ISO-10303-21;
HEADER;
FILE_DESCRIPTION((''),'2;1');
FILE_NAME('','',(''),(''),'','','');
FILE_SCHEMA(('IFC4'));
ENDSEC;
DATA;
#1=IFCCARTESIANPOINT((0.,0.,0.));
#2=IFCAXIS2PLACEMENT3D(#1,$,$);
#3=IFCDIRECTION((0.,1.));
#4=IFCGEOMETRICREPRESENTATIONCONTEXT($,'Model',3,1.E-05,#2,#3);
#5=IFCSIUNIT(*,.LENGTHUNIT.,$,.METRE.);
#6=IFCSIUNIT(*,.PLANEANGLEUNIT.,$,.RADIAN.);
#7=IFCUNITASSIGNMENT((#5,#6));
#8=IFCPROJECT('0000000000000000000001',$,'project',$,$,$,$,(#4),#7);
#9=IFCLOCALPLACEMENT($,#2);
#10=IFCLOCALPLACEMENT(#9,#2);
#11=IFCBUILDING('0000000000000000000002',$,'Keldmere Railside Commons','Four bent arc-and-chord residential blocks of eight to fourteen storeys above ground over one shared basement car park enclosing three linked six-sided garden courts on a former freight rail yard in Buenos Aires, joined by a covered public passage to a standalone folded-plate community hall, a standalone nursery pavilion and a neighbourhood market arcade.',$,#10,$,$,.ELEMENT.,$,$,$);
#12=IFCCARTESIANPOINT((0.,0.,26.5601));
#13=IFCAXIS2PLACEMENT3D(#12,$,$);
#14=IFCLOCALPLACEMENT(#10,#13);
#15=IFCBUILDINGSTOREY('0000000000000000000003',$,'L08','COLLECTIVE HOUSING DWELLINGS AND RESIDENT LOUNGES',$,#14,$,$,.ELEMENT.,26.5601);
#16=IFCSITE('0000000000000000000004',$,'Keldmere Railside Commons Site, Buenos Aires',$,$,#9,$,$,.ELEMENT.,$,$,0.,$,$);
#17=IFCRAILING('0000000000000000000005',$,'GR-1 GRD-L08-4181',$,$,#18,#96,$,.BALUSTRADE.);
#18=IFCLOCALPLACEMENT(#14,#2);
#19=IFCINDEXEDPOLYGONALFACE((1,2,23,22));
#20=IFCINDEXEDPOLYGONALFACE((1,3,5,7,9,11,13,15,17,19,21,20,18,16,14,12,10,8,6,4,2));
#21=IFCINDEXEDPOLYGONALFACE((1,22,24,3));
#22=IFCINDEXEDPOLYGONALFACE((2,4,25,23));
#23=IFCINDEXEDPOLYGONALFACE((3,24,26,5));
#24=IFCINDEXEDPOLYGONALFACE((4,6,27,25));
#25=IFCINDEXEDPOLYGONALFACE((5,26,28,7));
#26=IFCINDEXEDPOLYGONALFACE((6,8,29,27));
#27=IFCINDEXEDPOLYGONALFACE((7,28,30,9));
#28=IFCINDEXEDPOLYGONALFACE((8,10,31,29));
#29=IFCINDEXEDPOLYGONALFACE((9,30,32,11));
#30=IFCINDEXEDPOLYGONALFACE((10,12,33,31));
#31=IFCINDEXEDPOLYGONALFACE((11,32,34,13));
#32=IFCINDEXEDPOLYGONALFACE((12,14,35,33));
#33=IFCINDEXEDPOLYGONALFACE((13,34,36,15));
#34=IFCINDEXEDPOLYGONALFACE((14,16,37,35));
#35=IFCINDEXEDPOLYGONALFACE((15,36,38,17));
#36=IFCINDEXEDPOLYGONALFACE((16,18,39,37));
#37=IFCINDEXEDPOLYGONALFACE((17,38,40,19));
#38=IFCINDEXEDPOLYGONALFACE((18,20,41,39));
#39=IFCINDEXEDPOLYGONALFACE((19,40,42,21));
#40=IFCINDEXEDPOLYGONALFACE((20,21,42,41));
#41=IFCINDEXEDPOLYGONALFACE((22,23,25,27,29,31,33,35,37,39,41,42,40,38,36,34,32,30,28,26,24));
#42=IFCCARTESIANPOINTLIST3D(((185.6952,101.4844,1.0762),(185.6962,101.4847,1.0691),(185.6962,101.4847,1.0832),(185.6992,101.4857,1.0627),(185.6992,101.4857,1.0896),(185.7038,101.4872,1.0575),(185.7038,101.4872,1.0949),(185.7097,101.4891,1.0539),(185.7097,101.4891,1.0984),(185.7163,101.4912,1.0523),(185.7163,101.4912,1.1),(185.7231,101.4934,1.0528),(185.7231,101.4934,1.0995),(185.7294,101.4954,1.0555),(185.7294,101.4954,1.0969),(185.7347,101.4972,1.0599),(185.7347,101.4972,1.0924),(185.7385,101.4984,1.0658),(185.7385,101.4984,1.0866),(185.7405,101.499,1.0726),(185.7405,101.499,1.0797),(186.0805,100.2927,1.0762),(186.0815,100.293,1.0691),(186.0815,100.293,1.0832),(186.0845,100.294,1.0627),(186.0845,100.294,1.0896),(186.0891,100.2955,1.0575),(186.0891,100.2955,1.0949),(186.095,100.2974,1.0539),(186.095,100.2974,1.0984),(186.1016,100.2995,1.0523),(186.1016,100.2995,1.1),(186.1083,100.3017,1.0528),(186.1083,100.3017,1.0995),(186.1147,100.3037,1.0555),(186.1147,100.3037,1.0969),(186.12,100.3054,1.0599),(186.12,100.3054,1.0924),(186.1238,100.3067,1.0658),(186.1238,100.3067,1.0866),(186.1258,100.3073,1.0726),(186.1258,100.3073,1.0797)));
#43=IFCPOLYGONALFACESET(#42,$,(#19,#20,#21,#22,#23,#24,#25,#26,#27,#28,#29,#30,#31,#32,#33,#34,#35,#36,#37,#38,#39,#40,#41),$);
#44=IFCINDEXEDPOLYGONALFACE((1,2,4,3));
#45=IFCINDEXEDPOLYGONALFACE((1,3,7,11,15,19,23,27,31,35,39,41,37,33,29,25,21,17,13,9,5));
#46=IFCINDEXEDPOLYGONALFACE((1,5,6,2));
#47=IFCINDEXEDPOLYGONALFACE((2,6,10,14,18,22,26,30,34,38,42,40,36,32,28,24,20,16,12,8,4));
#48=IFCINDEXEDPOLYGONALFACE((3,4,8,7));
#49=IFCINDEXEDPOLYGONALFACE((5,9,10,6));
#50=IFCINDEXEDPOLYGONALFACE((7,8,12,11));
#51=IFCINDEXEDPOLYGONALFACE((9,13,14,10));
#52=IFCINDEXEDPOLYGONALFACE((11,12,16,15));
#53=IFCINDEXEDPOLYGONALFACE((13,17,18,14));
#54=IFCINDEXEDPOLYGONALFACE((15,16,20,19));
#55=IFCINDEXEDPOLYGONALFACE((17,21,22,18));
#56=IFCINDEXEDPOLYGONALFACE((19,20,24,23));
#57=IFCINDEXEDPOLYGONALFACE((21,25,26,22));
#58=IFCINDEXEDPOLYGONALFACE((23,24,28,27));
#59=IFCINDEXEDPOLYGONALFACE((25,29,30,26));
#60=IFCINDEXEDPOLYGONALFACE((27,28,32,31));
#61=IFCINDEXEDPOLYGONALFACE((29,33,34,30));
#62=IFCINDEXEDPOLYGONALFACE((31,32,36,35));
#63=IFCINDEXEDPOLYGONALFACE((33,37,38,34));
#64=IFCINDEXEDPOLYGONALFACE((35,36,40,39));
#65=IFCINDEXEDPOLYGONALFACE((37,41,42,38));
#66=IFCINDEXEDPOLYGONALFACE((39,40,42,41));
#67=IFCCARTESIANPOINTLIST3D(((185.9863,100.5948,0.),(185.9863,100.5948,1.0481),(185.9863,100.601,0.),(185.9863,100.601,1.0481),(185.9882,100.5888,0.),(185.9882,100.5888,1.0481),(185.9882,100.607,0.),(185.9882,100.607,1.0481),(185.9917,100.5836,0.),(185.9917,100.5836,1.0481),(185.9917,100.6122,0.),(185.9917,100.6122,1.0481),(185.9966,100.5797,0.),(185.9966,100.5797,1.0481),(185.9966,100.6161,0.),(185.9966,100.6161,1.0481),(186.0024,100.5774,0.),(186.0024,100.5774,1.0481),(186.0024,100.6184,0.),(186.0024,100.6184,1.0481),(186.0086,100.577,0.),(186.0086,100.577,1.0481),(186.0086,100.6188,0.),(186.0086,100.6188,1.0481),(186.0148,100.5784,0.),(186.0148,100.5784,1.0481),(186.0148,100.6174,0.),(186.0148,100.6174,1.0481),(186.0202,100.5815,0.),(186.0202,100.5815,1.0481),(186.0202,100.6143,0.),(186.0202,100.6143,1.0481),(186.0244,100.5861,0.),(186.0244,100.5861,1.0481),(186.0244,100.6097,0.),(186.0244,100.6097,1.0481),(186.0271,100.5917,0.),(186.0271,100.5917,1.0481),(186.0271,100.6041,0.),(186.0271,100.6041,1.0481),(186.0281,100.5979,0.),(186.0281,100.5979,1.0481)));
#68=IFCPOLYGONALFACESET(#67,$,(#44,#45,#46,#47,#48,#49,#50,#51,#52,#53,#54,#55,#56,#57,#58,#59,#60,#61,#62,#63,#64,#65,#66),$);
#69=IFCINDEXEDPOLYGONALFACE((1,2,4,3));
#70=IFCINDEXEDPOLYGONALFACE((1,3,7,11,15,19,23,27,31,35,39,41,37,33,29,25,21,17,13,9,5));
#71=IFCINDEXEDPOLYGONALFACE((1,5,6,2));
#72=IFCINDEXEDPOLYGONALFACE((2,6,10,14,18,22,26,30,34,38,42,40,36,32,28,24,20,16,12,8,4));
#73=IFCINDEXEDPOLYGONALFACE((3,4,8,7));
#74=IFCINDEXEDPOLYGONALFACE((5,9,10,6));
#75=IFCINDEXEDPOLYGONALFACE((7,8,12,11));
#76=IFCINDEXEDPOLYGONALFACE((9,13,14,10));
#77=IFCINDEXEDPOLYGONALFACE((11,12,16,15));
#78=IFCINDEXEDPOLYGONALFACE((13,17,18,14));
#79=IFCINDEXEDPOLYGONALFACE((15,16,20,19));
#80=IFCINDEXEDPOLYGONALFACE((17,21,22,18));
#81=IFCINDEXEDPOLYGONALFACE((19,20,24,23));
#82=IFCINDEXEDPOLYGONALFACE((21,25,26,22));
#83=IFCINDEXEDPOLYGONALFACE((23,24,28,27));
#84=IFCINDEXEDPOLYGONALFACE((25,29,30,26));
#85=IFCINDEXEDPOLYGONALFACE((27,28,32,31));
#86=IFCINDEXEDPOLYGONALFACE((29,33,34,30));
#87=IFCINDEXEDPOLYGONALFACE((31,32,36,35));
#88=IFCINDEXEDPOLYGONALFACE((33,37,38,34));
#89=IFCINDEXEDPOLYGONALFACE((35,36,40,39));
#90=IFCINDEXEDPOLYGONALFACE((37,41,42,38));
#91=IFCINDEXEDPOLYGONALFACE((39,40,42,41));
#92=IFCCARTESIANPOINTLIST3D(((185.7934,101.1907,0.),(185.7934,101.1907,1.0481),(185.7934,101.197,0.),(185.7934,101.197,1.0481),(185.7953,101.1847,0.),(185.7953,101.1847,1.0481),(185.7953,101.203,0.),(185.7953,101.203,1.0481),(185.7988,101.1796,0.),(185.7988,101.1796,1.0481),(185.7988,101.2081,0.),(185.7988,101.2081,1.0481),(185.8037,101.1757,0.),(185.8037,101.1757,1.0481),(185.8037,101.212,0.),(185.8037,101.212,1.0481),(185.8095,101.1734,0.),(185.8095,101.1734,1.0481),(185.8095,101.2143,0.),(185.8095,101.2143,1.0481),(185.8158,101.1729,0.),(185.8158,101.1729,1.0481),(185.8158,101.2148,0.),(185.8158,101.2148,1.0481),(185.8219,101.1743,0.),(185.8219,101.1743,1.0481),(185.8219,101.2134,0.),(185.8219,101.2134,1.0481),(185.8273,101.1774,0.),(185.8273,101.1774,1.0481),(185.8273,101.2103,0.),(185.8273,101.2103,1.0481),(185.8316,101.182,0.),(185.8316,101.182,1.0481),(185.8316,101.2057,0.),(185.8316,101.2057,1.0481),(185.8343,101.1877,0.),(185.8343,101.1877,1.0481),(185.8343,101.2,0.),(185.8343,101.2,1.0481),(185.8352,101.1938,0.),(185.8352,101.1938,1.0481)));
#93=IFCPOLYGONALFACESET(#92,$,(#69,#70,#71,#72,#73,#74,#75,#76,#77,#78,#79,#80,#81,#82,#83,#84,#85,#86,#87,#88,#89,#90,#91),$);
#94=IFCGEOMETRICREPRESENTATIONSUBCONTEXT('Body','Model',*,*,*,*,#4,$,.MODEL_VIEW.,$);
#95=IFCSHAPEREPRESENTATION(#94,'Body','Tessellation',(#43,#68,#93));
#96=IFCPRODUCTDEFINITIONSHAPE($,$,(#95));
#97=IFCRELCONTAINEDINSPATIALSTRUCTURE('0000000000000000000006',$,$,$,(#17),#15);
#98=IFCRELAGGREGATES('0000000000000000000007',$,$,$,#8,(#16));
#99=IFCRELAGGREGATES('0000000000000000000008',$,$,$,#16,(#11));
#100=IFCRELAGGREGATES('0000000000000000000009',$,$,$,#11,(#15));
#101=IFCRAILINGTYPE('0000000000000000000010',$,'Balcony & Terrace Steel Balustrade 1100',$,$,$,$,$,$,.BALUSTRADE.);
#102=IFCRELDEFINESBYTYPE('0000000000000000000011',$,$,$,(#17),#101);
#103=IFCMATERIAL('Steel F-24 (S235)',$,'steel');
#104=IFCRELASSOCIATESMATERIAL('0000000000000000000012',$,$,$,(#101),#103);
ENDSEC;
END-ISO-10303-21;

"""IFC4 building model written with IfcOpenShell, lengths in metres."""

from ifc_helpers import new_model, si_unit, direction, frame, origin, origin_2d, place, context, subcontext, project, spatial, circle, extrude, material, type_object, element, save


model = new_model("IFC4")

# Units and contexts
model_context = context("Model", 3, precision=1e-05, world=origin(), true_north=direction((0.0, 1.0)))
body_context = subcontext(model_context, "Body", "Model", "MODEL_VIEW")
ifc_project = project(units=[si_unit("LENGTHUNIT", "METRE"), si_unit("PLANEANGLEUNIT", "RADIAN")], contexts=[model_context])

# Site, building, storey
site_placement = place(None, origin())
site = spatial("IfcSite", under=ifc_project, at=site_placement, Name="Keldmere Railside Commons Site, Buenos Aires", CompositionType="ELEMENT", RefElevation=0.0)
building_placement = place(site_placement, origin())
building = spatial("IfcBuilding", under=site, at=building_placement, Name="Keldmere Railside Commons", Description="Four bent arc-and-chord residential blocks of eight to fourteen storeys above ground over one shared basement car park enclosing three linked six-sided garden courts on a former freight rail yard in Buenos Aires, joined by a covered public passage to a standalone folded-plate community hall, a standalone nursery pavilion and a neighbourhood market arcade.", CompositionType="ELEMENT")
storey_placement = place(building_placement, frame((0.0, 0.0, 26.5601)))
storey = spatial("IfcBuildingStorey", under=building, at=storey_placement, Name="L08", Description="COLLECTIVE HOUSING DWELLINGS AND RESIDENT LOUNGES", CompositionType="ELEMENT", Elevation=26.5601)

# Railing
ifc_material_1 = material(Name="Steel F-24 (S235)", Category="steel")
railing_type = type_object("IfcRailingType", Name="Balcony & Terrace Steel Balustrade 1100", PredefinedType="BALUSTRADE", material=ifc_material_1)
railing_1_placement = place(storey_placement, frame((186.1033, 100.3, 0.0)))
element("IfcRailing", 1, at=railing_1_placement, inside=storey, type_object=railing_type, Name="GR-1 GRD-L08-4181", PredefinedType="BALUSTRADE", context=body_context, shape_type="SweptSolid", body=[
    extrude(circle(Radius=0.0239, at=origin_2d()), frame((0.0, 0.0, 1.0762), z_axis=(-0.307618, 0.95151, 0.0), x_axis=(-0.95151, -0.307618, 0.0)), (0.0, 0.0, 1.0), 1.2524),
    extrude(circle(Radius=0.021, at=origin_2d()), frame((-0.0962, 0.2979, 0.0)), (0.0, 0.0, 1.0), 1.0481),
    extrude(circle(Radius=0.021, at=origin_2d()), frame((-0.2891, 0.8938, 0.0)), (0.0, 0.0, 1.0), 1.0481),
])

save(model, "model.ifc")
